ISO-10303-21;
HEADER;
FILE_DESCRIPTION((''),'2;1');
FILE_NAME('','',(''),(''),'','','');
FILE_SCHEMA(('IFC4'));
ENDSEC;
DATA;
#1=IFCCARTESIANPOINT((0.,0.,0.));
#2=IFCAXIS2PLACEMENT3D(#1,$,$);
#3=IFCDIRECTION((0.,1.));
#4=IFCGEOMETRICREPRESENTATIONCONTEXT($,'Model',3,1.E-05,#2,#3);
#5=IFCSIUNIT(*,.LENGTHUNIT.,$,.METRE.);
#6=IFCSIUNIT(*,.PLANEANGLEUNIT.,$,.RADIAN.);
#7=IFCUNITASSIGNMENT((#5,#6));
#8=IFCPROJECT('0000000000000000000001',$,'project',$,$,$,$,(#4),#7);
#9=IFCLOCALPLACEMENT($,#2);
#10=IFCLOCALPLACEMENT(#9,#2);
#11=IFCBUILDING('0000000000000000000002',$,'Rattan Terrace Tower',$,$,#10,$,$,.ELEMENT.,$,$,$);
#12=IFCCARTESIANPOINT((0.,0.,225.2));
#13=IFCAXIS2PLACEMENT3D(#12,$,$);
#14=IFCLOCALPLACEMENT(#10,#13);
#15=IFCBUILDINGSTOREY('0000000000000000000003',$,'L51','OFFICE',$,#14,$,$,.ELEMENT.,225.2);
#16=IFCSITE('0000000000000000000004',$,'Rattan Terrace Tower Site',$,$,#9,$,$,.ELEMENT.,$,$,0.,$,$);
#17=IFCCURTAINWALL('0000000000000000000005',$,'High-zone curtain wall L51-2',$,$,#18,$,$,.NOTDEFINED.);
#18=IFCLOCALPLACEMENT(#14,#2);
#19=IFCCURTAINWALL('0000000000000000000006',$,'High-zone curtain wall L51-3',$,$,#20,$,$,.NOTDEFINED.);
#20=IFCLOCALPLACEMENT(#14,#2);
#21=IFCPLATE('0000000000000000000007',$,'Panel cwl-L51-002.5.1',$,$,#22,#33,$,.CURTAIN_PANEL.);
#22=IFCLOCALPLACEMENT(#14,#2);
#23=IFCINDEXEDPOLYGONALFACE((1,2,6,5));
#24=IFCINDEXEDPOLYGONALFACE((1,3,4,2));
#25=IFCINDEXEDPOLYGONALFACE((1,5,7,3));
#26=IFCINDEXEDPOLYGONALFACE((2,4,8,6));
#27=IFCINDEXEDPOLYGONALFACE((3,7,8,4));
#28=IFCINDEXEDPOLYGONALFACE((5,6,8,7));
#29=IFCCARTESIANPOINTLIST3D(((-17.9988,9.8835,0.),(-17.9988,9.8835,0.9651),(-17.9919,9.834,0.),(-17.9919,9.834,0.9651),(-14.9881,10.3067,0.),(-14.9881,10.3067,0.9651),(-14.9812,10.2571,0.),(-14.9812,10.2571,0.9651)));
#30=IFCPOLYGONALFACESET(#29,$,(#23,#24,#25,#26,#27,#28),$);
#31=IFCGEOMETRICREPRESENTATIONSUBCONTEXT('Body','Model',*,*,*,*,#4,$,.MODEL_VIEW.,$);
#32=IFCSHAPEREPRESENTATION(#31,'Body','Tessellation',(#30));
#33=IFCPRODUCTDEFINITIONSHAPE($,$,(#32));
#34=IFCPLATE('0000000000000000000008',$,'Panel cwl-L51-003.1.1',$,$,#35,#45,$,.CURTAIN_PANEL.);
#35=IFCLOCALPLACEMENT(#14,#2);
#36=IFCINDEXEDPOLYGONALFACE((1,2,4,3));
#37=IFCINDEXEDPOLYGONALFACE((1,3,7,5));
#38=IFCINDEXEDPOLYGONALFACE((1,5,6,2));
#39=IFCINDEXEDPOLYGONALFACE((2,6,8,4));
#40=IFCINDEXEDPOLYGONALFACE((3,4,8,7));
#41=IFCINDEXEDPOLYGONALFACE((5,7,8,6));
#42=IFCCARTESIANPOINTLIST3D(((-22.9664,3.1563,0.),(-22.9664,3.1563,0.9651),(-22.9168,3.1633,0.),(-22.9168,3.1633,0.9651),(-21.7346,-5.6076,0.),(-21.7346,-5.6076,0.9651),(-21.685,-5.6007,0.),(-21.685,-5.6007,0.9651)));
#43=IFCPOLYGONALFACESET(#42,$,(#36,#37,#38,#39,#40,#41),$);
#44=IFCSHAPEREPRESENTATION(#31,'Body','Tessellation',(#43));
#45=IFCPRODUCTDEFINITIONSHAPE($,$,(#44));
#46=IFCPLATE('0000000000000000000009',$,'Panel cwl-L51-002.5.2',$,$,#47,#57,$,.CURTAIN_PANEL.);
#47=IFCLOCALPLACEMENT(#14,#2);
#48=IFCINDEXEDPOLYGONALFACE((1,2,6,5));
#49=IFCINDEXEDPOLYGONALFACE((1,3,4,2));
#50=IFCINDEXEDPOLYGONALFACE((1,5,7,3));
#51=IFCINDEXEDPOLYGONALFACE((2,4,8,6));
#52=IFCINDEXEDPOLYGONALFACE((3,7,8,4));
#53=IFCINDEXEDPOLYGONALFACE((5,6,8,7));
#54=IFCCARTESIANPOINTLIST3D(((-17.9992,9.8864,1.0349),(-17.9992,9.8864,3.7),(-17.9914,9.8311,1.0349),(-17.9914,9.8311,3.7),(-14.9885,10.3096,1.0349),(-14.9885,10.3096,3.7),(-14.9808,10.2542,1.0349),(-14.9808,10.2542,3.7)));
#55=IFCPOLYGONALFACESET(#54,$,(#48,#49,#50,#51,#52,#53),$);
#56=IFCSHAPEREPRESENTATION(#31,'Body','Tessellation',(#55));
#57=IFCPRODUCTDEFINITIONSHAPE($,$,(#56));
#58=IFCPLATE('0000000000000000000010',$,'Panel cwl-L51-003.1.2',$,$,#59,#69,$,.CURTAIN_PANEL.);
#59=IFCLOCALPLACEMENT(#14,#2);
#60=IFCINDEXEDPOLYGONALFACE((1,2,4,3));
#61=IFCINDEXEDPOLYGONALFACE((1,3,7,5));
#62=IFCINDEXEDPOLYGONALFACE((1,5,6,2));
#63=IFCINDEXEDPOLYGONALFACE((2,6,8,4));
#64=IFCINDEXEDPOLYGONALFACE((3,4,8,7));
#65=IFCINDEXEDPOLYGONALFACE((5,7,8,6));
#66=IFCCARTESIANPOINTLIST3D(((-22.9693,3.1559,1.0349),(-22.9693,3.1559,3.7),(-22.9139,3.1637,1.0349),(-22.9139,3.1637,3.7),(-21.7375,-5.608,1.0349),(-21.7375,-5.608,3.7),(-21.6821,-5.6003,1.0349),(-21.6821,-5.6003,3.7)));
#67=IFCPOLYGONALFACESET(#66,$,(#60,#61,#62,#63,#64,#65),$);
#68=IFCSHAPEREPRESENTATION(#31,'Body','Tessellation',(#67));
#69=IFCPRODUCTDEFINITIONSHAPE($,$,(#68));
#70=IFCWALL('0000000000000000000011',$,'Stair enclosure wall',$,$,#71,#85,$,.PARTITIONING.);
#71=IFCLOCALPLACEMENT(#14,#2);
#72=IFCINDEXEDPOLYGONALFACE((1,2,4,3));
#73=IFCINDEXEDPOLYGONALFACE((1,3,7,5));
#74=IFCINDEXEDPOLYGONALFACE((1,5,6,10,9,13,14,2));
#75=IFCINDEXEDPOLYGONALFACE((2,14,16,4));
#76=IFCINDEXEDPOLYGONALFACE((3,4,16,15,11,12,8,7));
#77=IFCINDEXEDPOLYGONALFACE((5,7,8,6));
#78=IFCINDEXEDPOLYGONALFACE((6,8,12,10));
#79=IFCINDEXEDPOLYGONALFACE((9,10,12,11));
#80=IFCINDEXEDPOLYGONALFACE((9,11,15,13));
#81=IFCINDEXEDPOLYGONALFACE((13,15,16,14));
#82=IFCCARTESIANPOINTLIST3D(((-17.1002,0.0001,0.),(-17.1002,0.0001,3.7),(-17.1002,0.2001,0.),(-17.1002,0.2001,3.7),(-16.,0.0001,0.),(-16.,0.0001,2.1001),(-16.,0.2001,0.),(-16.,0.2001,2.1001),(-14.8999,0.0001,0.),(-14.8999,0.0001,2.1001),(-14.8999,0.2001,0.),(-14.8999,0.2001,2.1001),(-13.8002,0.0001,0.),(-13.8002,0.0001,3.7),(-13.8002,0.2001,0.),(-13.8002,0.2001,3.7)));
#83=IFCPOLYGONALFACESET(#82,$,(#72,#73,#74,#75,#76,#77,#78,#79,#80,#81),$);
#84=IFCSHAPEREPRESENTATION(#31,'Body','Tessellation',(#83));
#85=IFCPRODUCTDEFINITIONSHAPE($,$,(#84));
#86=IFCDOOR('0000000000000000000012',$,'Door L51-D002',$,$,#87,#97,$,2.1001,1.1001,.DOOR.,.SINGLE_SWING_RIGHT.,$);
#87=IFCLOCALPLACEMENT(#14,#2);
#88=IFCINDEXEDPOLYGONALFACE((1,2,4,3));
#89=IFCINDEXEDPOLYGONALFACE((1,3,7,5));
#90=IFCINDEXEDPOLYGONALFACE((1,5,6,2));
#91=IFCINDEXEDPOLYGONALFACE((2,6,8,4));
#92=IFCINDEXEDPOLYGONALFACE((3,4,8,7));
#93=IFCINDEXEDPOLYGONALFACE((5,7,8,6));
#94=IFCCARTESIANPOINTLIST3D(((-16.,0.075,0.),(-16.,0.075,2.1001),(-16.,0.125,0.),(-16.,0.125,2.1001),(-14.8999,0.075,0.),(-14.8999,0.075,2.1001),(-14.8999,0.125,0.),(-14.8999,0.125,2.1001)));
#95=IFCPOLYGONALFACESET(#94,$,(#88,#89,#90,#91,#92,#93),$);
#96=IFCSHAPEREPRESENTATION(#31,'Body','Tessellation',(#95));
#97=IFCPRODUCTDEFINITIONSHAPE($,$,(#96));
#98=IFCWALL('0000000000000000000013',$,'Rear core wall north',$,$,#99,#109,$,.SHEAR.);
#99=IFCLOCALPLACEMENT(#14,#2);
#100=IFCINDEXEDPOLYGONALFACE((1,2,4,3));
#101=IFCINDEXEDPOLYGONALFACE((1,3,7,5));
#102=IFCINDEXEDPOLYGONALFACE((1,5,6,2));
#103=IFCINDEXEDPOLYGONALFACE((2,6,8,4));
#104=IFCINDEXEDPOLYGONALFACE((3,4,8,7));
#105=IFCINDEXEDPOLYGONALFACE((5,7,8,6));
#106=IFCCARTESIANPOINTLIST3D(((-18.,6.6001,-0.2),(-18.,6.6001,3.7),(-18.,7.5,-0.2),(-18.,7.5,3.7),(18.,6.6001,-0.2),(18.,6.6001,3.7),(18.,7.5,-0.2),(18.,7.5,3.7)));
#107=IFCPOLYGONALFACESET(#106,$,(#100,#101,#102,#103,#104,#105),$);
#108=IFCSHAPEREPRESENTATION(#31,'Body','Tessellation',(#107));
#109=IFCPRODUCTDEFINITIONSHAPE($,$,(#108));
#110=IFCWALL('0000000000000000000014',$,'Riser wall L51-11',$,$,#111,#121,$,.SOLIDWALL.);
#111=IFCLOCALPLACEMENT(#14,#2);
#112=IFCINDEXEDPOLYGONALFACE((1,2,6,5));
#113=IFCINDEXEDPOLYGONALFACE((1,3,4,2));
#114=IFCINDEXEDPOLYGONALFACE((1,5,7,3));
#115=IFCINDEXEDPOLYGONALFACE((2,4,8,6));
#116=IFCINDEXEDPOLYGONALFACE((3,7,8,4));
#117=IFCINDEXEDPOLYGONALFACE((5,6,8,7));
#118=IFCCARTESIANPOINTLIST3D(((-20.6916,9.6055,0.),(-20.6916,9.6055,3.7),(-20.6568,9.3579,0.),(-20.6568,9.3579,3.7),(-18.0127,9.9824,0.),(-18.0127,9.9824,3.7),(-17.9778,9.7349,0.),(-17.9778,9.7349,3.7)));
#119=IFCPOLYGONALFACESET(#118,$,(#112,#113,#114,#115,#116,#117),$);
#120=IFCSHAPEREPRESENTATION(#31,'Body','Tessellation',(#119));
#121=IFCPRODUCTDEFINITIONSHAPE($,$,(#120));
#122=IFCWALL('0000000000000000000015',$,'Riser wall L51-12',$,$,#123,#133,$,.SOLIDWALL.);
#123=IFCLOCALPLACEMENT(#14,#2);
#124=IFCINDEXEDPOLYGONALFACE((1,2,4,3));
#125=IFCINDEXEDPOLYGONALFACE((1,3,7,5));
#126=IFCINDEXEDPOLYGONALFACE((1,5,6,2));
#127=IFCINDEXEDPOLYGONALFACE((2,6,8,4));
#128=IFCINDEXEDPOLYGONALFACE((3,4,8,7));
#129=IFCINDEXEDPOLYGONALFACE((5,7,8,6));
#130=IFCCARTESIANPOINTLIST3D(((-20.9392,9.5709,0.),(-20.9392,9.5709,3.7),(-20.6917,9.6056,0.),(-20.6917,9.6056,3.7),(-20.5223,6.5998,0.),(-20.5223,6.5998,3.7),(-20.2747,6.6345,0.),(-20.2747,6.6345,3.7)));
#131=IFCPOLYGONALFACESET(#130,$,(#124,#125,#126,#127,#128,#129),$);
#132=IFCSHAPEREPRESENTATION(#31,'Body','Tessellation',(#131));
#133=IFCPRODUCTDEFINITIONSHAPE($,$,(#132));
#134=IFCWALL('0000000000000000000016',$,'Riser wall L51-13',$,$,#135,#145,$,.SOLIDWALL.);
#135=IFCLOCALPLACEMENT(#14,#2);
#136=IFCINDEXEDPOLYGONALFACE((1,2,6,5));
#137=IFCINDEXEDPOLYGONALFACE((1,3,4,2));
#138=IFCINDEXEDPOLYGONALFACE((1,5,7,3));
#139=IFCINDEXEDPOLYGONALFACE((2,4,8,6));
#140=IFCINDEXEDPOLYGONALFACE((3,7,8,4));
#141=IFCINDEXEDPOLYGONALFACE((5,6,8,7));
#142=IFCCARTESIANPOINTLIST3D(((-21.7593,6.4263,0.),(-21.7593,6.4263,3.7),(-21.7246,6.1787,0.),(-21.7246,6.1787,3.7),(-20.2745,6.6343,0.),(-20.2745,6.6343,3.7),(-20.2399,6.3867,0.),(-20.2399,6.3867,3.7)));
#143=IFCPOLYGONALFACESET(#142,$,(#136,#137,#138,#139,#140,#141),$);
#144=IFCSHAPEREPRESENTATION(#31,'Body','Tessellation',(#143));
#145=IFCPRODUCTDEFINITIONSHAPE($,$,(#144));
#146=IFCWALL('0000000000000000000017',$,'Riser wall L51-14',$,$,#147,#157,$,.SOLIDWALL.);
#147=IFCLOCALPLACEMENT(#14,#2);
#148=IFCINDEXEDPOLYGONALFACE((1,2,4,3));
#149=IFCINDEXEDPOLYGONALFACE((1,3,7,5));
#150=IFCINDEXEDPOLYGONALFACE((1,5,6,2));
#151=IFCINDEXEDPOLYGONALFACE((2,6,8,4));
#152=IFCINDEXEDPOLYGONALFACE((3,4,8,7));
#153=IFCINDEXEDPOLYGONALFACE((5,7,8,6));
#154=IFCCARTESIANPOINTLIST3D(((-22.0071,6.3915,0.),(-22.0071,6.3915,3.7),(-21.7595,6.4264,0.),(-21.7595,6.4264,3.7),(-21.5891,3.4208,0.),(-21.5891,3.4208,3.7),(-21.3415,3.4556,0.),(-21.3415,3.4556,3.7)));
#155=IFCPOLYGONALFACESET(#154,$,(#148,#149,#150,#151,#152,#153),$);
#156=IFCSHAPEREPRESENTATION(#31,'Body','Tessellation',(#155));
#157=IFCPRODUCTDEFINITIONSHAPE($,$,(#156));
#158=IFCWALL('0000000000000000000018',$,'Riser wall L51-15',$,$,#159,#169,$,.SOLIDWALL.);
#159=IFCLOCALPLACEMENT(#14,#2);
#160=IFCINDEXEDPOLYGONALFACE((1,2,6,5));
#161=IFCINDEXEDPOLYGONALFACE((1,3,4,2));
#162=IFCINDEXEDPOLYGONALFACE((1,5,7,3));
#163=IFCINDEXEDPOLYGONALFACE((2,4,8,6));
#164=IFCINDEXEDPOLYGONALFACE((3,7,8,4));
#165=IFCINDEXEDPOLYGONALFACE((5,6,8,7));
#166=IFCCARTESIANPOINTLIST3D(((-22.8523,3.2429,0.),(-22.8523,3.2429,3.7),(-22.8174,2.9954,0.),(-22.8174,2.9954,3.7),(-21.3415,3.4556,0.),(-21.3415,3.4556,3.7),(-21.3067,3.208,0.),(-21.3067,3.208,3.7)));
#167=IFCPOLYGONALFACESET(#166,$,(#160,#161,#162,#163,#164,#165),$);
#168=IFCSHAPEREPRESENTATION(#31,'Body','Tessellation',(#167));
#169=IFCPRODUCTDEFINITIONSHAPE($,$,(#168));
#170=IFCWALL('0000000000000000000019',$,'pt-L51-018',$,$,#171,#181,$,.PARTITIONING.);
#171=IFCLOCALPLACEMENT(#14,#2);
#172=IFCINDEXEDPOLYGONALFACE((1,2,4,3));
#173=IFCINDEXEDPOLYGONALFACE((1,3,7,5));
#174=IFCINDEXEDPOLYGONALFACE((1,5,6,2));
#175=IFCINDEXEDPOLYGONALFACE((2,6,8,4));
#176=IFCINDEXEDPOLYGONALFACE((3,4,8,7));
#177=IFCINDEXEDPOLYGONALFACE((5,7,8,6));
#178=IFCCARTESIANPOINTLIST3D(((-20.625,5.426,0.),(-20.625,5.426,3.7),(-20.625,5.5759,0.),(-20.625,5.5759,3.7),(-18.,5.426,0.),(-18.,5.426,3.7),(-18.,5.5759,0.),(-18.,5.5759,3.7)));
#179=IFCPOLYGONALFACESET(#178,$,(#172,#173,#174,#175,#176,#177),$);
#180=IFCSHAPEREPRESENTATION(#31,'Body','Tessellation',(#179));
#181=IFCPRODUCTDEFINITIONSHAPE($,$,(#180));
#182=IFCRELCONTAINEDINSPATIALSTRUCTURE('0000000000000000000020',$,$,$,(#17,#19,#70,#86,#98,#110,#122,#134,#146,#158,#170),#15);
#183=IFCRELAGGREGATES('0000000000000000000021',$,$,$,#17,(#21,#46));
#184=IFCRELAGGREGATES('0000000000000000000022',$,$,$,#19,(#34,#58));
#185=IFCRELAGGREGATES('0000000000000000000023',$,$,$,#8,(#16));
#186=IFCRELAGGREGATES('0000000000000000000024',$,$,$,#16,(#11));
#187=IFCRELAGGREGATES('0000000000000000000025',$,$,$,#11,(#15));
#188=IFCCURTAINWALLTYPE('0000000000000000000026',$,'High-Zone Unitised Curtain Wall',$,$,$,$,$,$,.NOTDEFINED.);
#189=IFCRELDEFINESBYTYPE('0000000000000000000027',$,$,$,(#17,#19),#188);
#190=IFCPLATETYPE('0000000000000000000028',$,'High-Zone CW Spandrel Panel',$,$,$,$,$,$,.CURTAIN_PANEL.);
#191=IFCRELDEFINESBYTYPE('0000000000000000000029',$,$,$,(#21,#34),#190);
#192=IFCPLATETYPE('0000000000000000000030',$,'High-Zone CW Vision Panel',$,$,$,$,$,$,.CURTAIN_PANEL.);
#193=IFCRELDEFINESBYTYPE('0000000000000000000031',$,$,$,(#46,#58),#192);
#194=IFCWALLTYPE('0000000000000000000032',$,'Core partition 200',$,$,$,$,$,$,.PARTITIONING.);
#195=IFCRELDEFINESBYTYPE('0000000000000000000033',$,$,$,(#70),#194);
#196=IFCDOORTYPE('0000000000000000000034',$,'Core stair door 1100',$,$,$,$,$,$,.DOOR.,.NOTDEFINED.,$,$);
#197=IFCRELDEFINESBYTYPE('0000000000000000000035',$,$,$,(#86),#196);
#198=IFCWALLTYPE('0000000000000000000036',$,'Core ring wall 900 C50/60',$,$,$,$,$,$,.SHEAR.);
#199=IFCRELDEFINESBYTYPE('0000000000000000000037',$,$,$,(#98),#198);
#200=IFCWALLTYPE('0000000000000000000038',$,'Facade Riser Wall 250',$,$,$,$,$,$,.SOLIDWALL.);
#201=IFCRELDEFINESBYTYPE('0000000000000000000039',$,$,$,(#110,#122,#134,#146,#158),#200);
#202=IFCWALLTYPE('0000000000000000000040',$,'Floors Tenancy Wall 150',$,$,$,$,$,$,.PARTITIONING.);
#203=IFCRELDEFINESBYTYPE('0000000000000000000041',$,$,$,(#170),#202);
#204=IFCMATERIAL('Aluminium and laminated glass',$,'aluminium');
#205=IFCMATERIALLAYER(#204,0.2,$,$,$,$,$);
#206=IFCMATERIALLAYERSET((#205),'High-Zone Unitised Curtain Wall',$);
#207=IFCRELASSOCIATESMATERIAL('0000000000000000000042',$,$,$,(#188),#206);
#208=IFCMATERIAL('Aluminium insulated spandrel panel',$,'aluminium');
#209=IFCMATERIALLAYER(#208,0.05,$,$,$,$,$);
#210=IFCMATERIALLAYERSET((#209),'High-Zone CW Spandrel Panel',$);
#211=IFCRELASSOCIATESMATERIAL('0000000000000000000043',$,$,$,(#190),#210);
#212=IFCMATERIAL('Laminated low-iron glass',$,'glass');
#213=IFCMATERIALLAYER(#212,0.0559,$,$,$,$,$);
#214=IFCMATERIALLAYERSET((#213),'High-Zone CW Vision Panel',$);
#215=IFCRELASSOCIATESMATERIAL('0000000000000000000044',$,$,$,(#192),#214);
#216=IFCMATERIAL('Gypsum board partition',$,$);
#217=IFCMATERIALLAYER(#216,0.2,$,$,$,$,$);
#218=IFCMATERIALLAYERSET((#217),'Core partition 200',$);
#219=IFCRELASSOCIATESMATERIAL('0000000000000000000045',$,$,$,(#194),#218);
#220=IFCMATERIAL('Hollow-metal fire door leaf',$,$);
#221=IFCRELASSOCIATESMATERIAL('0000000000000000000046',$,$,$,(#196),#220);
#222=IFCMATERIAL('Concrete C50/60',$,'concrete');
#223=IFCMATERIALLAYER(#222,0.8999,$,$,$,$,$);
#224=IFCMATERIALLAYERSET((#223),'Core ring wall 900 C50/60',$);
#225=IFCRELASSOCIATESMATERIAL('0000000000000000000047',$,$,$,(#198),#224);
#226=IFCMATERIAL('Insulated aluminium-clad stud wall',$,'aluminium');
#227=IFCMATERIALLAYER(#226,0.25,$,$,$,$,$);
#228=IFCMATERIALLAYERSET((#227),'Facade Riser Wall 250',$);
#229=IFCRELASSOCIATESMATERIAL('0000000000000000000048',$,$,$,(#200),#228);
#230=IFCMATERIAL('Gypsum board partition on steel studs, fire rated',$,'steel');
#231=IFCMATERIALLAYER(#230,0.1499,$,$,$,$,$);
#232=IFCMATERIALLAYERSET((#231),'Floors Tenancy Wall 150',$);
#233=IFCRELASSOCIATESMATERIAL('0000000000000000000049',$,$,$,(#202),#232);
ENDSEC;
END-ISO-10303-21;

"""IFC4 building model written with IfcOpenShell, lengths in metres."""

from ifc_helpers import new_model, si_unit, direction, frame, frame_2d, origin, origin_2d, place, context, subcontext, project, spatial, rectangle, extrude, material, layer, layer_set, type_object, element, fill, aggregate, save


model = new_model("IFC4")

# Units and contexts
model_context = context("Model", 3, precision=1e-05, world=origin(), true_north=direction((0.0, 1.0)))
body_context = subcontext(model_context, "Body", "Model", "MODEL_VIEW")
ifc_project = project(units=[si_unit("LENGTHUNIT", "METRE"), si_unit("PLANEANGLEUNIT", "RADIAN")], contexts=[model_context])

# Site, building, storey
site_placement = place(None, origin())
site = spatial("IfcSite", under=ifc_project, at=site_placement, Name="Rattan Terrace Tower Site", CompositionType="ELEMENT", RefElevation=0.0)
building_placement = place(site_placement, origin())
building = spatial("IfcBuilding", under=site, at=building_placement, Name="Rattan Terrace Tower", CompositionType="ELEMENT")
storey_placement = place(building_placement, frame((0.0, 0.0, 225.2)))
storey = spatial("IfcBuildingStorey", under=building, at=storey_placement, Name="L51", Description="OFFICE", CompositionType="ELEMENT", Elevation=225.2)

# Curtain walls
ifc_material_1 = material(Name="Aluminium and laminated glass", Category="aluminium")
ifc_layer_1 = layer(ifc_material_1, 0.2)
ifc_layer_set_1 = layer_set([ifc_layer_1], Name="High-Zone Unitised Curtain Wall")
curtain_wall_type = type_object("IfcCurtainWallType", Name="High-Zone Unitised Curtain Wall", PredefinedType="NOTDEFINED", material=ifc_layer_set_1)
curtain_wall_1_placement = place(storey_placement, origin())
curtain_wall_1 = element("IfcCurtainWall", 1, at=curtain_wall_1_placement, inside=storey, type_object=curtain_wall_type, Name="High-zone curtain wall L51-2", PredefinedType="NOTDEFINED")
curtain_wall_2_placement = place(storey_placement, origin())
curtain_wall_2 = element("IfcCurtainWall", 2, at=curtain_wall_2_placement, inside=storey, type_object=curtain_wall_type, Name="High-zone curtain wall L51-3", PredefinedType="NOTDEFINED")

# Plates
ifc_material_2 = material(Name="Aluminium insulated spandrel panel", Category="aluminium")
ifc_layer_2 = layer(ifc_material_2, 0.05)
ifc_layer_set_2 = layer_set([ifc_layer_2], Name="High-Zone CW Spandrel Panel")
plate_type_1 = type_object("IfcPlateType", Name="High-Zone CW Spandrel Panel", PredefinedType="CURTAIN_PANEL", material=ifc_layer_set_2)
plate_1_placement = place(storey_placement, frame((-16.49, 10.0703, 0.0), z_axis=(0.0, 0.0, 1.0), x_axis=(-0.990267, -0.139177, 0.0)))
plate_1 = element("IfcPlate", 3, at=plate_1_placement, type_object=plate_type_1, Name="Panel cwl-L51-002.5.1", PredefinedType="CURTAIN_PANEL", context=body_context, shape_type="SweptSolid", body=[
    extrude(rectangle(XDim=3.0403, YDim=0.05, at=origin_2d()), origin(), (0.0, 0.0, 1.0), 0.9651),
])
plate_2_placement = place(storey_placement, frame((-22.3257, -1.2222, 0.0), z_axis=(0.0, 0.0, 1.0), x_axis=(0.139186, -0.990266, 0.0)))
plate_2 = element("IfcPlate", 4, at=plate_2_placement, type_object=plate_type_1, Name="Panel cwl-L51-003.1.1", PredefinedType="CURTAIN_PANEL", context=body_context, shape_type="SweptSolid", body=[
    extrude(rectangle(XDim=8.8501, YDim=0.05, at=origin_2d()), origin(), (0.0, 0.0, 1.0), 0.9651),
])
ifc_material_3 = material(Name="Laminated low-iron glass", Category="glass")
ifc_layer_3 = layer(ifc_material_3, 0.0559)
ifc_layer_set_3 = layer_set([ifc_layer_3], Name="High-Zone CW Vision Panel")
plate_type_2 = type_object("IfcPlateType", Name="High-Zone CW Vision Panel", PredefinedType="CURTAIN_PANEL", material=ifc_layer_set_3)
plate_3_placement = place(storey_placement, frame((-16.49, 10.0703, 1.0349), z_axis=(0.0, 0.0, 1.0), x_axis=(-0.990267, -0.139177, 0.0)))
plate_3 = element("IfcPlate", 5, at=plate_3_placement, type_object=plate_type_2, Name="Panel cwl-L51-002.5.2", PredefinedType="CURTAIN_PANEL", context=body_context, shape_type="SweptSolid", body=[
    extrude(rectangle(XDim=3.0403, YDim=0.0559, at=origin_2d()), origin(), (0.0, 0.0, 1.0), 2.665),
])
aggregate(curtain_wall_1, [plate_1, plate_3])
plate_4_placement = place(storey_placement, frame((-22.3257, -1.2222, 1.0349), z_axis=(0.0, 0.0, 1.0), x_axis=(0.139186, -0.990266, 0.0)))
plate_4 = element("IfcPlate", 6, at=plate_4_placement, type_object=plate_type_2, Name="Panel cwl-L51-003.1.2", PredefinedType="CURTAIN_PANEL", context=body_context, shape_type="SweptSolid", body=[
    extrude(rectangle(XDim=8.8501, YDim=0.0559, at=origin_2d()), origin(), (0.0, 0.0, 1.0), 2.665),
])
aggregate(curtain_wall_2, [plate_2, plate_4])

# Wall, opening, door
ifc_material_4 = material(Name="Gypsum board partition")
ifc_layer_4 = layer(ifc_material_4, 0.2)
ifc_layer_set_4 = layer_set([ifc_layer_4], Name="Core partition 200")
wall_type_1 = type_object("IfcWallType", Name="Core partition 200", PredefinedType="PARTITIONING", material=ifc_layer_set_4)
wall_1_placement = place(storey_placement, frame((-17.1001, 0.1001, 0.0), z_axis=(0.0, 0.0, 1.0), x_axis=(1.0, 0.0, 0.0)))
wall_1 = element("IfcWall", 7, at=wall_1_placement, inside=storey, type_object=wall_type_1, Name="Stair enclosure wall", PredefinedType="PARTITIONING", context=body_context, shape_type="SweptSolid", body=[
    extrude(rectangle(XDim=3.3, YDim=0.2, at=frame_2d((1.6499, 0.0))), origin(), (0.0, 0.0, 1.0), 3.7),
])
opening_placement = place(wall_1_placement, frame((1.1001, 0.0, 0.0)))
opening = element("IfcOpeningElement", 8, at=opening_placement, cuts=wall_1, PredefinedType="OPENING", context=body_context, shape_type="SweptSolid", body=[
    extrude(rectangle(XDim=1.1001, YDim=2.1001, at=frame_2d((0.55, 1.05))), frame((0.0, 0.1106, 0.0), z_axis=(0.0, -1.0, 0.0), x_axis=(1.0, 0.0, 0.0)), (0.0, 0.0, 1.0), 0.2209),
])
ifc_material_5 = material(Name="Hollow-metal fire door leaf")
door_type = type_object("IfcDoorType", Name="Core stair door 1100", OperationType="NOTDEFINED", PredefinedType="DOOR", material=ifc_material_5)
door_placement = place(opening_placement, origin())
door = element("IfcDoor", 9, at=door_placement, inside=storey, type_object=door_type, Name="Door L51-D002", OperationType="SINGLE_SWING_RIGHT", OverallHeight=2.1001, OverallWidth=1.1001, PredefinedType="DOOR", context=body_context, shape_type="SweptSolid", body=[
    extrude(rectangle(XDim=1.1001, YDim=2.1001, at=frame_2d((0.55, 1.05))), frame((0.0, 0.0249, 0.0), z_axis=(0.0, -1.0, 0.0), x_axis=(1.0, 0.0, 0.0)), (0.0, 0.0, 1.0), 0.05),
])
fill(opening, door)

# Walls
ifc_material_6 = material(Name="Concrete C50/60", Category="concrete")
ifc_layer_5 = layer(ifc_material_6, 0.8999)
ifc_layer_set_5 = layer_set([ifc_layer_5], Name="Core ring wall 900 C50/60")
wall_type_2 = type_object("IfcWallType", Name="Core ring wall 900 C50/60", PredefinedType="SHEAR", material=ifc_layer_set_5)
wall_2_placement = place(storey_placement, frame((-18.0, 7.05, -0.2), z_axis=(0.0, 0.0, 1.0), x_axis=(1.0, 0.0, 0.0)))
element("IfcWall", 10, at=wall_2_placement, inside=storey, type_object=wall_type_2, Name="Rear core wall north", PredefinedType="SHEAR", context=body_context, shape_type="SweptSolid", body=[
    extrude(rectangle(XDim=36.0, YDim=0.8999, at=frame_2d((18.0, 0.0))), origin(), (0.0, 0.0, 1.0), 3.8999),
])
ifc_material_7 = material(Name="Insulated aluminium-clad stud wall", Category="aluminium")
ifc_layer_6 = layer(ifc_material_7, 0.25)
ifc_layer_set_6 = layer_set([ifc_layer_6], Name="Facade Riser Wall 250")
wall_type_3 = type_object("IfcWallType", Name="Facade Riser Wall 250", PredefinedType="SOLIDWALL", material=ifc_layer_set_6)
wall_3_placement = place(storey_placement, frame((-17.9954, 9.8586, 0.0), z_axis=(0.0, 0.0, 1.0), x_axis=(-0.990245, -0.139336, 0.0)))
element("IfcWall", 11, at=wall_3_placement, inside=storey, type_object=wall_type_3, Name="Riser wall L51-11", PredefinedType="SOLIDWALL", context=body_context, shape_type="SweptSolid", body=[
    extrude(rectangle(XDim=2.7053, YDim=0.25, at=frame_2d((1.3525, 0.0))), origin(), (0.0, 0.0, 1.0), 3.7),
])
wall_4_placement = place(storey_placement, frame((-20.8154, 9.5881, 0.0), z_axis=(0.0, 0.0, 1.0), x_axis=(0.138983, -0.990295, 0.0)))
element("IfcWall", 12, at=wall_4_placement, inside=storey, type_object=wall_type_3, Name="Riser wall L51-12", PredefinedType="SOLIDWALL", context=body_context, shape_type="SweptSolid", body=[
    extrude(rectangle(XDim=3.0002, YDim=0.25, at=frame_2d((1.5, 0.0))), origin(), (0.0, 0.0, 1.0), 3.7),
])
wall_5_placement = place(storey_placement, frame((-20.2573, 6.5105, 0.0), z_axis=(0.0, 0.0, 1.0), x_axis=(-0.99033, -0.138731, 0.0)))
element("IfcWall", 13, at=wall_5_placement, inside=storey, type_object=wall_type_3, Name="Riser wall L51-13", PredefinedType="SOLIDWALL", context=body_context, shape_type="SweptSolid", body=[
    extrude(rectangle(XDim=1.4993, YDim=0.25, at=frame_2d((0.7495, 0.0))), origin(), (0.0, 0.0, 1.0), 3.7),
])
wall_6_placement = place(storey_placement, frame((-21.8833, 6.4089, 0.0), z_axis=(0.0, 0.0, 1.0), x_axis=(0.139325, -0.990247, 0.0)))
element("IfcWall", 14, at=wall_6_placement, inside=storey, type_object=wall_type_3, Name="Riser wall L51-14", PredefinedType="SOLIDWALL", context=body_context, shape_type="SweptSolid", body=[
    extrude(rectangle(XDim=3.0, YDim=0.25, at=frame_2d((1.5, 0.0))), origin(), (0.0, 0.0, 1.0), 3.7),
])
wall_7_placement = place(storey_placement, frame((-21.3242, 3.3318, 0.0), z_axis=(0.0, 0.0, 1.0), x_axis=(-0.990239, -0.139382, 0.0)))
element("IfcWall", 15, at=wall_7_placement, inside=storey, type_object=wall_type_3, Name="Riser wall L51-15", PredefinedType="SOLIDWALL", context=body_context, shape_type="SweptSolid", body=[
    extrude(rectangle(XDim=1.5256, YDim=0.25, at=frame_2d((0.7627, 0.0))), origin(), (0.0, 0.0, 1.0), 3.7),
])
ifc_material_8 = material(Name="Gypsum board partition on steel studs, fire rated", Category="steel")
ifc_layer_7 = layer(ifc_material_8, 0.1499)
ifc_layer_set_7 = layer_set([ifc_layer_7], Name="Floors Tenancy Wall 150")
wall_type_4 = type_object("IfcWallType", Name="Floors Tenancy Wall 150", PredefinedType="PARTITIONING", material=ifc_layer_set_7)
wall_8_placement = place(storey_placement, frame((-20.625, 5.501, 0.0), z_axis=(0.0, 0.0, 1.0), x_axis=(1.0, 0.0, 0.0)))
element("IfcWall", 16, at=wall_8_placement, inside=storey, type_object=wall_type_4, Name="pt-L51-018", PredefinedType="PARTITIONING", context=body_context, shape_type="SweptSolid", body=[
    extrude(rectangle(XDim=2.625, YDim=0.1499, at=frame_2d((1.3125, 0.0))), origin(), (0.0, 0.0, 1.0), 3.7),
])

save(model, "model.ifc")
